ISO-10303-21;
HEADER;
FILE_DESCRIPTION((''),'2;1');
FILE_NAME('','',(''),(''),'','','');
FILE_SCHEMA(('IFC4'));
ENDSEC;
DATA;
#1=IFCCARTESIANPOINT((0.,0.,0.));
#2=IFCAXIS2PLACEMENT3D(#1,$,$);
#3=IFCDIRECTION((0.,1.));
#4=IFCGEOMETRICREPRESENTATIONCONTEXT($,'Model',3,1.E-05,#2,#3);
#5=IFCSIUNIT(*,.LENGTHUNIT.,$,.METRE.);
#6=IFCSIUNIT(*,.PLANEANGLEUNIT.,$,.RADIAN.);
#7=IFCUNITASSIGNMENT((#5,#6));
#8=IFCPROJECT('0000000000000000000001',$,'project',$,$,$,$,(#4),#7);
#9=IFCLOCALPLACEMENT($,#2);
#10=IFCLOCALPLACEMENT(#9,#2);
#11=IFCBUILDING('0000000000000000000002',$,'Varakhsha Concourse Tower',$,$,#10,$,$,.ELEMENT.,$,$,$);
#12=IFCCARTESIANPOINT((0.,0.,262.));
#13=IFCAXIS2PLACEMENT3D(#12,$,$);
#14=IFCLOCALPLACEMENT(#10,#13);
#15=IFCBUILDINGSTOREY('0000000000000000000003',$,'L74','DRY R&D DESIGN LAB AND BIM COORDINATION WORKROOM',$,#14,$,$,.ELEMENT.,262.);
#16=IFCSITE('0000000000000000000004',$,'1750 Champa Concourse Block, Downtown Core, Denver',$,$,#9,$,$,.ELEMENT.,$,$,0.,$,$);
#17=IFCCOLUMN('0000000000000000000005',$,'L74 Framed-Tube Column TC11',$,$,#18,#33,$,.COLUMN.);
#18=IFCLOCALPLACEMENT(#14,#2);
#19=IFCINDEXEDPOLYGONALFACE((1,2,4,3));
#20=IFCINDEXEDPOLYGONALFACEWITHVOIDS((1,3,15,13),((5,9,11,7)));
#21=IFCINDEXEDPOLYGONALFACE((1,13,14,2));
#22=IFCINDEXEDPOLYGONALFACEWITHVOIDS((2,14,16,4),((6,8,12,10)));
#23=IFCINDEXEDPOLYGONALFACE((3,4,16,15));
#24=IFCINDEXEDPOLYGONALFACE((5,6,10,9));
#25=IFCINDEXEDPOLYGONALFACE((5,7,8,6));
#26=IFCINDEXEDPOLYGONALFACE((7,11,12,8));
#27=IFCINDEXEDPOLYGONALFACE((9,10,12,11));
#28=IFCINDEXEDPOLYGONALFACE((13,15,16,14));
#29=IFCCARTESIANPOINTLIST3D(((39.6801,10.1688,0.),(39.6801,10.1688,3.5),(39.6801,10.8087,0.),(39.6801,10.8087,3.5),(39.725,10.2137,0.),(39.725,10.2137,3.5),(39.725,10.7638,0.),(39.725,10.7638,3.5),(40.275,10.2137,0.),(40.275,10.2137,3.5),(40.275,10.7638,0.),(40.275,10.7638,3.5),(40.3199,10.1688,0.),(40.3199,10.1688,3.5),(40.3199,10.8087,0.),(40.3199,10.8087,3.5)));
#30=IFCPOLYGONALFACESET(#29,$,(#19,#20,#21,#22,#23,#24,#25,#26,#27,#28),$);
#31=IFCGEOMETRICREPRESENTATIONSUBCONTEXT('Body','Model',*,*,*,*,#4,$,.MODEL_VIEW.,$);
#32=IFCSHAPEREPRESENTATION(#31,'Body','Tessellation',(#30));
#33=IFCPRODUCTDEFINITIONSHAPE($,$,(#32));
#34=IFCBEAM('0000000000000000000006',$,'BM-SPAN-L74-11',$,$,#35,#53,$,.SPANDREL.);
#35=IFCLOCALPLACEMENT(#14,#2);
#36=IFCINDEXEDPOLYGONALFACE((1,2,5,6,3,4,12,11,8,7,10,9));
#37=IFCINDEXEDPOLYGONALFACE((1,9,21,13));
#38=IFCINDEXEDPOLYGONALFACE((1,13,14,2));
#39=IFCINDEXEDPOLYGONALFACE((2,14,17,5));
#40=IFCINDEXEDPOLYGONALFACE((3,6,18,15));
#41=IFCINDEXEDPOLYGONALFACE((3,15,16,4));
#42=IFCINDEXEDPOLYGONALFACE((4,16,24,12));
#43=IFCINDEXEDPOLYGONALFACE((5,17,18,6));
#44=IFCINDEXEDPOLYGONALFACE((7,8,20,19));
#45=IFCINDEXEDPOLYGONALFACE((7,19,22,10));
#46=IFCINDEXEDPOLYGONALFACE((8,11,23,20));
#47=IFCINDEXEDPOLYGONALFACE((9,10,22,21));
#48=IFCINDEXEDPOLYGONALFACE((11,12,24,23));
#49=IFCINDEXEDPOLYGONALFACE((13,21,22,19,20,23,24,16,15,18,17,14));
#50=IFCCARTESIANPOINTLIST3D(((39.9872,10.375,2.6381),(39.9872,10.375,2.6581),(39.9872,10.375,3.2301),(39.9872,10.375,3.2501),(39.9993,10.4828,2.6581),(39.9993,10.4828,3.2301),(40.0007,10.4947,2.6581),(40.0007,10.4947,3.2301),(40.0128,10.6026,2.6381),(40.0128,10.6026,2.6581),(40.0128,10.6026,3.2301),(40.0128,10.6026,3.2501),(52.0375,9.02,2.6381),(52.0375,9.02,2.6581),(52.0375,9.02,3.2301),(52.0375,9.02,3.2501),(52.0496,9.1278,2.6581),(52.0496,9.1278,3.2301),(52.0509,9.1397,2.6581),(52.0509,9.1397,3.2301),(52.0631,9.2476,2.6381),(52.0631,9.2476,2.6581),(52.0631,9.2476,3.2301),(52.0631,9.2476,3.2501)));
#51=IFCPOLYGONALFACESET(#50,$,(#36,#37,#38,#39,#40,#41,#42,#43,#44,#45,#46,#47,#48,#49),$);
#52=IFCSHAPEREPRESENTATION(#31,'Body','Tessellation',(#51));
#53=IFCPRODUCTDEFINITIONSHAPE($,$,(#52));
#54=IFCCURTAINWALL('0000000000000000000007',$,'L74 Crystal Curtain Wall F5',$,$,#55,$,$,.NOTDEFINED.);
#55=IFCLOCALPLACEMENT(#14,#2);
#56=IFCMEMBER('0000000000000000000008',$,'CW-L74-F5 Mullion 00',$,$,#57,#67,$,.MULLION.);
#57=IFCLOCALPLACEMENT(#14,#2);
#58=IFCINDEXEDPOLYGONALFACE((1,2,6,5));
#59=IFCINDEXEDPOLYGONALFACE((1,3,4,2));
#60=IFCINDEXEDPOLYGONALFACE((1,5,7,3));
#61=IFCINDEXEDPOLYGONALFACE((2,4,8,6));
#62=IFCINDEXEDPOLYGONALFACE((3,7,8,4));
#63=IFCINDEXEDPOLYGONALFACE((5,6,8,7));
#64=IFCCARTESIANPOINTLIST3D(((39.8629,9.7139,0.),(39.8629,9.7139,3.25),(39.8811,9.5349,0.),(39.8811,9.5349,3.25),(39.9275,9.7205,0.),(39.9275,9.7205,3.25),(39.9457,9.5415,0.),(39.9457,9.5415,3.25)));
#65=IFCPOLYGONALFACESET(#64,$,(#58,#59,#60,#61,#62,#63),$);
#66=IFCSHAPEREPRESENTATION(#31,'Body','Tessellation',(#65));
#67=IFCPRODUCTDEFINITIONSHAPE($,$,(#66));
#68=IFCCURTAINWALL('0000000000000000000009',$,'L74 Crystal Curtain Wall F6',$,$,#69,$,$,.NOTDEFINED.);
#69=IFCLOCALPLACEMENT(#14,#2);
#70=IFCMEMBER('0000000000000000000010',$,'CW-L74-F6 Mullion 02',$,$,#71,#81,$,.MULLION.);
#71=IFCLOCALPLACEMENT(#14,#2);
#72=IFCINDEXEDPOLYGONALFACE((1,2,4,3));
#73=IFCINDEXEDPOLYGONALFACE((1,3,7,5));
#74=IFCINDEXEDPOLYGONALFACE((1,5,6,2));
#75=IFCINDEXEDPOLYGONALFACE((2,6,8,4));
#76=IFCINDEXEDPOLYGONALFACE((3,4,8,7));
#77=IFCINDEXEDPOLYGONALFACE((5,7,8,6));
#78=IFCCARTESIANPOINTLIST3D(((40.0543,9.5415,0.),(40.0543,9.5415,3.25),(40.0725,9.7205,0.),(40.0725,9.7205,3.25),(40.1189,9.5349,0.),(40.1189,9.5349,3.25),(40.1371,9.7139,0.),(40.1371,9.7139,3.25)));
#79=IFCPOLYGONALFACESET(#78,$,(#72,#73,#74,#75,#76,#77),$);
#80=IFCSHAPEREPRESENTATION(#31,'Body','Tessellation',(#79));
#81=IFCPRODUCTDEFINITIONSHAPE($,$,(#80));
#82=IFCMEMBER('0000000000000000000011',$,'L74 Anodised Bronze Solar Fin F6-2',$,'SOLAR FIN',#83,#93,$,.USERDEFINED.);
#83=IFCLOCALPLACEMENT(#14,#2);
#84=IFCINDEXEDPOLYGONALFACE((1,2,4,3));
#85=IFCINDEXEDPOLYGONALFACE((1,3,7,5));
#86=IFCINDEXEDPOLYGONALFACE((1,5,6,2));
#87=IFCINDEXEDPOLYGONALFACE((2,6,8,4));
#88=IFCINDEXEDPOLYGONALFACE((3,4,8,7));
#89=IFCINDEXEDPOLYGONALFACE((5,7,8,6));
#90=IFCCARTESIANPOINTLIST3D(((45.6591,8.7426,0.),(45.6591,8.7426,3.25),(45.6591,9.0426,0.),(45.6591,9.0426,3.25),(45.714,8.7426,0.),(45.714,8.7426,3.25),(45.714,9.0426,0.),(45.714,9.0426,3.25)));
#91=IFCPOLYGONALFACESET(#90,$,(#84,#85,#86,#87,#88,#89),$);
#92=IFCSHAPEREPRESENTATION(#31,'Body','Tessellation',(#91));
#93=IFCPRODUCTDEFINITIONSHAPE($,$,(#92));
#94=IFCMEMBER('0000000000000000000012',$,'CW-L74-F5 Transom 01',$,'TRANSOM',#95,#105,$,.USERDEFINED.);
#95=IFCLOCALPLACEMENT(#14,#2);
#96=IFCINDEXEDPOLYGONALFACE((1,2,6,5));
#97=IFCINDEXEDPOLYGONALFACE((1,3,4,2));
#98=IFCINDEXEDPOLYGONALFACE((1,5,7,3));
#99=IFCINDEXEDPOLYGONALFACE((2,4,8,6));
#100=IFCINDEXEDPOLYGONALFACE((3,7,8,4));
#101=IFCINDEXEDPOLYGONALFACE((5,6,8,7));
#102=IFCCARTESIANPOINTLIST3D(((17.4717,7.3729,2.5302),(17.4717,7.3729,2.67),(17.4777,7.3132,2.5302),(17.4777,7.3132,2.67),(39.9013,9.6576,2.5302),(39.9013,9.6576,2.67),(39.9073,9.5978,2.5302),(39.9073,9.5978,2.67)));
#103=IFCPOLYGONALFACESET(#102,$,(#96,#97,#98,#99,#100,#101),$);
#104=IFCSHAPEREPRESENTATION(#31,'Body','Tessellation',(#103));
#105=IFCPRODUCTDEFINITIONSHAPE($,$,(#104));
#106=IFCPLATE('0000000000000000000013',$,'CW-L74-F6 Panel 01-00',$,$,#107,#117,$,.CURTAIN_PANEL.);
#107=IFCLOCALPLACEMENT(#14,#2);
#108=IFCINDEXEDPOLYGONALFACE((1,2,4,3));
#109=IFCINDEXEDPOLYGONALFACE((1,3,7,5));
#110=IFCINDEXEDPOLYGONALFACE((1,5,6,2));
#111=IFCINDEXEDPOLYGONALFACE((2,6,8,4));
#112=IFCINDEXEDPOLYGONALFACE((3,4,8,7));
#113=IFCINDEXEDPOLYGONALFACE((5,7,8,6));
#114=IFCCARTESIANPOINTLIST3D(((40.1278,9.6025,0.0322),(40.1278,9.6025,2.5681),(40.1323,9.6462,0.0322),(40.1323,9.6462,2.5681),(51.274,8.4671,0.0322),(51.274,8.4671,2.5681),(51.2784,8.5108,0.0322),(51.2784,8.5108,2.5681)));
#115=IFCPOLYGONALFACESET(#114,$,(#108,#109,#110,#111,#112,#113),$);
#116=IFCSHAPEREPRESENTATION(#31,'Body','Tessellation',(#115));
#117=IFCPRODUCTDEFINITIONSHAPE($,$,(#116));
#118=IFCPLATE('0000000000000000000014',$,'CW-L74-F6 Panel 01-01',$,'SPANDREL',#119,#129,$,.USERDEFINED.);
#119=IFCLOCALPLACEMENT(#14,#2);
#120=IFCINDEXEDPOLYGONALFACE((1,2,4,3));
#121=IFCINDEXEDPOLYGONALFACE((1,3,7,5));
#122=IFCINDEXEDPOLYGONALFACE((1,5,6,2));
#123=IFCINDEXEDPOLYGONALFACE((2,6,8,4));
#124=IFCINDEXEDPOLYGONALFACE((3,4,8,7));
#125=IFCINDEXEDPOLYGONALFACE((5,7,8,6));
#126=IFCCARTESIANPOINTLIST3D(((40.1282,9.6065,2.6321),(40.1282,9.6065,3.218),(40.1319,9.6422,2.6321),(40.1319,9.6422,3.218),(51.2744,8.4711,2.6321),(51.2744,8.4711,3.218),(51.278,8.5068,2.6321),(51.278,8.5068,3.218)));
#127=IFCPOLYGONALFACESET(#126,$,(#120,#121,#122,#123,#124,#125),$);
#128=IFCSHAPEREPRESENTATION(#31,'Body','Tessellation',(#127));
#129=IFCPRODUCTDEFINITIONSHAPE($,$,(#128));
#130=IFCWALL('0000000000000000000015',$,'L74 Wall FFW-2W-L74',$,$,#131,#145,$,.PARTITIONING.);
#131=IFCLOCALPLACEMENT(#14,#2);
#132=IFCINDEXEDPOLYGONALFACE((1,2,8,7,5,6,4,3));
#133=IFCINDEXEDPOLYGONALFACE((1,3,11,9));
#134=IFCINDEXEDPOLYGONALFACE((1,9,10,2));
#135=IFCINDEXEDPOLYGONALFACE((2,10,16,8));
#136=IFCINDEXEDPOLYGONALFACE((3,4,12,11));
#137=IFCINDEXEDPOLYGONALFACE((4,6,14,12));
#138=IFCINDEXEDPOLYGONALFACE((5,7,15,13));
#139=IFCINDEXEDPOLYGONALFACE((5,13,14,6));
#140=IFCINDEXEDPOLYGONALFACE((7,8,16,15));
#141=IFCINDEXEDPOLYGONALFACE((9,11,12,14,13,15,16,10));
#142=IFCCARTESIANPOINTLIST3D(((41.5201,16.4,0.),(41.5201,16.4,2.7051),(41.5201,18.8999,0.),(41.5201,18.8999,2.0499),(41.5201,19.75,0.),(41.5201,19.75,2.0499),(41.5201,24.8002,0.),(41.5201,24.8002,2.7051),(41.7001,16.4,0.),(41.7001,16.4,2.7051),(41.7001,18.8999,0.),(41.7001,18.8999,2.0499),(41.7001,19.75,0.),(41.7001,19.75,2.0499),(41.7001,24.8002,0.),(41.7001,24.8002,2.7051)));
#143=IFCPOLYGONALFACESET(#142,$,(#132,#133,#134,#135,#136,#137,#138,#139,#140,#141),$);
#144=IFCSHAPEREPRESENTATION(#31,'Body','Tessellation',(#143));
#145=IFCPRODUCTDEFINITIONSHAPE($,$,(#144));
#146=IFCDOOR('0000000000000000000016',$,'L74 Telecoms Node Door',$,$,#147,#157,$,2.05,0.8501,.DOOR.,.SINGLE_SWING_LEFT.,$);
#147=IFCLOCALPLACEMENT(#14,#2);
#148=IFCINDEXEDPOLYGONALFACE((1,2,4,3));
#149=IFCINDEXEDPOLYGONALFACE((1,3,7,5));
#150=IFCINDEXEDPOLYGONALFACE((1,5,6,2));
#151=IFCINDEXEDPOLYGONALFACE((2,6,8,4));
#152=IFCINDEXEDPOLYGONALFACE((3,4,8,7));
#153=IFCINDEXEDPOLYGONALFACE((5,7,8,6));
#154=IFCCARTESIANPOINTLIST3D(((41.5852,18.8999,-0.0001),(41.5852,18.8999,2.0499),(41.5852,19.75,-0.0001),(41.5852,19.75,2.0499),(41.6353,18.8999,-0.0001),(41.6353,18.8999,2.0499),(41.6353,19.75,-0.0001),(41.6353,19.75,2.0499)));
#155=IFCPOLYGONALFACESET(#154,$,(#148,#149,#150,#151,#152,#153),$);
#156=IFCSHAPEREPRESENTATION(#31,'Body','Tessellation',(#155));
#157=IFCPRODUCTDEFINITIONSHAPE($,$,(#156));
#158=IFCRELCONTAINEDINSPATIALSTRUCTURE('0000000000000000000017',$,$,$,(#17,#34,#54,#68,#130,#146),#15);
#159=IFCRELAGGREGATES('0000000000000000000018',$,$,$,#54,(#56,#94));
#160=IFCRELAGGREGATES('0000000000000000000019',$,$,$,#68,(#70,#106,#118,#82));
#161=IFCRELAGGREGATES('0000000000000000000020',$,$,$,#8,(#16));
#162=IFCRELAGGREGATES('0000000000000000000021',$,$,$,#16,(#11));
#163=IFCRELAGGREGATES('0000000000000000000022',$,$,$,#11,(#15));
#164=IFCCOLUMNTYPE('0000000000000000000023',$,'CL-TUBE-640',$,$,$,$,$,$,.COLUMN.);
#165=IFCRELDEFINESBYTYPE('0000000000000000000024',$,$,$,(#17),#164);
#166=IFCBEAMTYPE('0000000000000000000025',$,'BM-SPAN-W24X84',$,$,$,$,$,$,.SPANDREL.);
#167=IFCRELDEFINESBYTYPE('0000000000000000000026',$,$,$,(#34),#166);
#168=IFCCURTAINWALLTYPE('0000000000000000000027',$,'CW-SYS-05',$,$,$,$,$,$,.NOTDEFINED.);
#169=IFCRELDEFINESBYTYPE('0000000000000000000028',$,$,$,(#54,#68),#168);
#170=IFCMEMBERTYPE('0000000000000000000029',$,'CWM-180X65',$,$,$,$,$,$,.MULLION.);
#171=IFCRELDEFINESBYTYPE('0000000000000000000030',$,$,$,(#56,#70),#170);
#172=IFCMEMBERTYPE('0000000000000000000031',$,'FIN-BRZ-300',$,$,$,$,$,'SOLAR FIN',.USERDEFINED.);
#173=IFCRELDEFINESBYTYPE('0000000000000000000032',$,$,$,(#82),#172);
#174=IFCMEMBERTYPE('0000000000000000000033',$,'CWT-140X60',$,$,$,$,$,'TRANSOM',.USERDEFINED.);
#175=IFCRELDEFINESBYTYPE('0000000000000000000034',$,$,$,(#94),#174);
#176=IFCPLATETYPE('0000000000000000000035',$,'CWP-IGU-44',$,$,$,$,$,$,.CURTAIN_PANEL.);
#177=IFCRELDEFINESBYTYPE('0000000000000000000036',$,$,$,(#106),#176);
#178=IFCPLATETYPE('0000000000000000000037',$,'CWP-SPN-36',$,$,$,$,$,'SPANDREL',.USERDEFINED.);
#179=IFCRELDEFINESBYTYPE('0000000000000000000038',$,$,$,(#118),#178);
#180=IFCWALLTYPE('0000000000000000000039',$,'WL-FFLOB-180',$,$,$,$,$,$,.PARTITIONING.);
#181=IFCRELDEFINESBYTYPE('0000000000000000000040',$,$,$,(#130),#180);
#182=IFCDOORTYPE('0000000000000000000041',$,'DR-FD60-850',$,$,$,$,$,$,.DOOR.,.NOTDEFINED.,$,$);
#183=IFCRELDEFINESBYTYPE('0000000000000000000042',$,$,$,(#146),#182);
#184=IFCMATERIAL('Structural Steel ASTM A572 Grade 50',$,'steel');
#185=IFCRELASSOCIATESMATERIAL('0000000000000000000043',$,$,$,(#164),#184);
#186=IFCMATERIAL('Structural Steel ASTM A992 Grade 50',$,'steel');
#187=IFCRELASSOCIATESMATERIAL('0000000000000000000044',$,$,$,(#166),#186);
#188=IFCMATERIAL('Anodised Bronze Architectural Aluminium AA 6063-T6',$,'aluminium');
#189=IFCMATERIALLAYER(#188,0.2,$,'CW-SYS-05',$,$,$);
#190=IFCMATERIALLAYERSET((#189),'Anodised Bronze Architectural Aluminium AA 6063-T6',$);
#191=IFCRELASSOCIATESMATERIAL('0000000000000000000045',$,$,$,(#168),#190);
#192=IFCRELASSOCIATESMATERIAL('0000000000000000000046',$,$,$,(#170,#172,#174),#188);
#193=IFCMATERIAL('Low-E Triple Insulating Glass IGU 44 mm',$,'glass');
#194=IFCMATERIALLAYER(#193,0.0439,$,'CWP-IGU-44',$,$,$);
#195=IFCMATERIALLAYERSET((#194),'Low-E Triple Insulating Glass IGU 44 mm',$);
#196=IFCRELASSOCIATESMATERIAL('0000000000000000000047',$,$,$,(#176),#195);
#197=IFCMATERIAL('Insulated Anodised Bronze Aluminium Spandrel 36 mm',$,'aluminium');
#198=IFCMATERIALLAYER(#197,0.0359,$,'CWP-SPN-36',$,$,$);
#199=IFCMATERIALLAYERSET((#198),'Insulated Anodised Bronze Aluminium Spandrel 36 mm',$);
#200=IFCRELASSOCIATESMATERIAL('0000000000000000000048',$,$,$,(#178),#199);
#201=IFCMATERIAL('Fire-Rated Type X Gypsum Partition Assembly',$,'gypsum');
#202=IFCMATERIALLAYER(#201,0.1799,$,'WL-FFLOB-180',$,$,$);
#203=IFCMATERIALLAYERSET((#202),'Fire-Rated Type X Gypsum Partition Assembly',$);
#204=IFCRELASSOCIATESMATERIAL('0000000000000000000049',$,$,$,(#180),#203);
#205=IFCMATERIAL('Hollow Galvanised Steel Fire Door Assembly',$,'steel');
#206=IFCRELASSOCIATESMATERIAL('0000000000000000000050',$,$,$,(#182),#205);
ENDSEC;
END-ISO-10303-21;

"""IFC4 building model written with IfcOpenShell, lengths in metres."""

from ifc_helpers import new_model, si_unit, direction, frame, frame_2d, origin, origin_2d, place, context, subcontext, project, spatial, rectangle, hollow_rectangle, i_section, extrude, source, transform, mapped, material, layer, layer_set, material_profile, profile_set, type_object, type_shapes, element, fill, aggregate, save


model = new_model("IFC4")

# Units and contexts
model_context = context("Model", 3, precision=1e-05, world=origin(), true_north=direction((0.0, 1.0)))
body_context = subcontext(model_context, "Body", "Model", "MODEL_VIEW")
ifc_project = project(units=[si_unit("LENGTHUNIT", "METRE"), si_unit("PLANEANGLEUNIT", "RADIAN")], contexts=[model_context])

# Site, building, storey
site_placement = place(None, origin())
site = spatial("IfcSite", under=ifc_project, at=site_placement, Name="1750 Champa Concourse Block, Downtown Core, Denver", CompositionType="ELEMENT", RefElevation=0.0)
building_placement = place(site_placement, origin())
building = spatial("IfcBuilding", under=site, at=building_placement, Name="Varakhsha Concourse Tower", CompositionType="ELEMENT")
storey_placement = place(building_placement, frame((0.0, 0.0, 262.0)))
storey = spatial("IfcBuildingStorey", under=building, at=storey_placement, Name="L74", Description="DRY R&D DESIGN LAB AND BIM COORDINATION WORKROOM", CompositionType="ELEMENT", Elevation=262.0)

# Column
ifc_material_1 = material(Name="Structural Steel ASTM A572 Grade 50", Category="steel")
ifc_material_profile_1 = material_profile(ifc_material_1, hollow_rectangle(XDim=0.6399, YDim=0.6399, WallThickness=0.0449, at=origin_2d()), Name="BOX 640x640x45")
ifc_profile_set_1 = profile_set([ifc_material_profile_1], Name="Structural Steel ASTM A572 Grade 50")
column_type = type_object("IfcColumnType", Name="CL-TUBE-640", PredefinedType="COLUMN", material=ifc_profile_set_1)
column_placement = place(storey_placement, frame((40.0, 10.4888, 0.0), z_axis=(0.0, 0.0, 1.0), x_axis=(1.0, 0.0, 0.0)))
element("IfcColumn", 1, at=column_placement, inside=storey, type_object=column_type, Name="L74 Framed-Tube Column TC11", PredefinedType="COLUMN", context=body_context, shape_type="SweptSolid", body=[
    extrude(hollow_rectangle(XDim=0.6399, YDim=0.6399, WallThickness=0.0449, at=origin_2d()), origin(), (0.0, 0.0, 1.0), 3.5),
])

# Beam
ifc_material_2 = material(Name="Structural Steel ASTM A992 Grade 50", Category="steel")
ifc_material_profile_2 = material_profile(ifc_material_2, i_section(OverallWidth=0.229, OverallDepth=0.6121, WebThickness=0.012, FlangeThickness=0.02, at=origin_2d()), Name="W24X84")
ifc_profile_set_2 = profile_set([ifc_material_profile_2], Name="Structural Steel ASTM A992 Grade 50")
beam_type = type_object("IfcBeamType", Name="BM-SPAN-W24X84", PredefinedType="SPANDREL", material=ifc_profile_set_2)
beam_placement = place(storey_placement, frame((40.0, 10.4888, 2.9441), z_axis=(0.993738, -0.11174, 0.0), x_axis=(0.11174, 0.993738, 0.0)))
element("IfcBeam", 2, at=beam_placement, inside=storey, type_object=beam_type, Name="BM-SPAN-L74-11", PredefinedType="SPANDREL", context=body_context, shape_type="SweptSolid", body=[
    extrude(i_section(OverallWidth=0.229, OverallDepth=0.6121, WebThickness=0.012, FlangeThickness=0.02, at=origin_2d()), origin(), (0.0, 0.0, 1.0), 12.1262),
])

# Curtain wall, member
ifc_material_3 = material(Name="Anodised Bronze Architectural Aluminium AA 6063-T6", Category="aluminium")
ifc_layer_1 = layer(ifc_material_3, 0.2, Name="CW-SYS-05")
ifc_layer_set_1 = layer_set([ifc_layer_1], Name="Anodised Bronze Architectural Aluminium AA 6063-T6")
curtain_wall_type = type_object("IfcCurtainWallType", Name="CW-SYS-05", PredefinedType="NOTDEFINED", material=ifc_layer_set_1)
curtain_wall_1_placement = place(storey_placement, origin())
curtain_wall_1 = element("IfcCurtainWall", 3, at=curtain_wall_1_placement, inside=storey, type_object=curtain_wall_type, Name="L74 Crystal Curtain Wall F5", PredefinedType="NOTDEFINED")
ifc_material_profile_3 = material_profile(ifc_material_3, rectangle(XDim=0.0649, YDim=0.1799, at=origin_2d()), Name="CWM-180X65")
ifc_profile_set_3 = profile_set([ifc_material_profile_3], Name="Anodised Bronze Architectural Aluminium AA 6063-T6")
member_type_1 = type_object("IfcMemberType", Name="CWM-180X65", PredefinedType="MULLION", material=ifc_profile_set_3)
shared_shape_1 = source(origin(), body_context, "Body", "SweptSolid", [
    extrude(rectangle(XDim=0.0649, YDim=0.1799, at=origin_2d()), origin(), (0.0, 0.0, 1.0), 3.25),
])
type_shapes(member_type_1, [shared_shape_1])
member_1_placement = place(storey_placement, frame((39.9043, 9.6277, 0.0), z_axis=(0.0, 0.0, 1.0), x_axis=(-0.994852, -0.101336, 0.0)))
member_1 = element("IfcMember", 4, at=member_1_placement, type_object=member_type_1, Name="CW-L74-F5 Mullion 00", PredefinedType="MULLION", context=body_context, shape_type="MappedRepresentation", body=[
    mapped(shared_shape_1, transform((0.0, 0.0, 0.0), scale=1.0)),
])

# Curtain wall, members
curtain_wall_2_placement = place(storey_placement, origin())
curtain_wall_2 = element("IfcCurtainWall", 5, at=curtain_wall_2_placement, inside=storey, type_object=curtain_wall_type, Name="L74 Crystal Curtain Wall F6", PredefinedType="NOTDEFINED")
member_2_placement = place(storey_placement, frame((40.0957, 9.6277, 0.0), z_axis=(0.0, 0.0, 1.0), x_axis=(-0.994852, 0.101336, 0.0)))
member_2 = element("IfcMember", 6, at=member_2_placement, type_object=member_type_1, Name="CW-L74-F6 Mullion 02", PredefinedType="MULLION", context=body_context, shape_type="MappedRepresentation", body=[
    mapped(shared_shape_1, transform((0.0, 0.0, 0.0), scale=1.0)),
])
ifc_material_profile_4 = material_profile(ifc_material_3, rectangle(XDim=0.0549, YDim=0.3, at=origin_2d()), Name="FIN-BRZ-300")
ifc_profile_set_4 = profile_set([ifc_material_profile_4], Name="Anodised Bronze Architectural Aluminium AA 6063-T6")
member_type_2 = type_object("IfcMemberType", Name="FIN-BRZ-300", ElementType="SOLAR FIN", PredefinedType="USERDEFINED", material=ifc_profile_set_4)
shared_shape_2 = source(origin(), body_context, "Body", "SweptSolid", [
    extrude(rectangle(XDim=0.0549, YDim=0.3, at=origin_2d()), origin(), (0.0, 0.0, 1.0), 3.25),
])
type_shapes(member_type_2, [shared_shape_2])
member_3_placement = place(storey_placement, frame((45.6865, 8.8926, 0.0), z_axis=(0.0, 0.0, 1.0), x_axis=(1.0, 0.0, 0.0)))
member_3 = element("IfcMember", 7, at=member_3_placement, type_object=member_type_2, Name="L74 Anodised Bronze Solar Fin F6-2", ObjectType="SOLAR FIN", PredefinedType="USERDEFINED", context=body_context, shape_type="MappedRepresentation", body=[
    mapped(shared_shape_2, transform((0.0, 0.0, 0.0), scale=1.0)),
])

# Member
ifc_material_profile_5 = material_profile(ifc_material_3, rectangle(XDim=0.0601, YDim=0.1399, at=origin_2d()), Name="CWT-140X60")
ifc_profile_set_5 = profile_set([ifc_material_profile_5], Name="Anodised Bronze Architectural Aluminium AA 6063-T6")
member_type_3 = type_object("IfcMemberType", Name="CWT-140X60", ElementType="TRANSOM", PredefinedType="USERDEFINED", material=ifc_profile_set_5)
shared_shape_3 = source(origin(), body_context, "Body", "SweptSolid", [
    extrude(rectangle(XDim=0.0601, YDim=0.1399, at=origin_2d()), origin(), (0.0, 0.0, 1.0), 22.5457),
])
type_shapes(member_type_3, [shared_shape_3])
member_4_placement = place(storey_placement, frame((39.9043, 9.6277, 2.6001), z_axis=(-0.994852, -0.101335, 0.0), x_axis=(0.101335, -0.994852, 0.0)))
member_4 = element("IfcMember", 8, at=member_4_placement, type_object=member_type_3, Name="CW-L74-F5 Transom 01", ObjectType="TRANSOM", PredefinedType="USERDEFINED", context=body_context, shape_type="MappedRepresentation", body=[
    mapped(shared_shape_3, transform((0.0, 0.0, 0.0), scale=1.0)),
])
aggregate(curtain_wall_1, [member_1, member_4])

# Plates
ifc_material_4 = material(Name="Low-E Triple Insulating Glass IGU 44 mm", Category="glass")
ifc_layer_2 = layer(ifc_material_4, 0.0439, Name="CWP-IGU-44")
ifc_layer_set_2 = layer_set([ifc_layer_2], Name="Low-E Triple Insulating Glass IGU 44 mm")
plate_type_1 = type_object("IfcPlateType", Name="CWP-IGU-44", PredefinedType="CURTAIN_PANEL", material=ifc_layer_set_2)
shared_shape_4 = source(origin(), body_context, "Body", "SweptSolid", [
    extrude(rectangle(XDim=11.2039, YDim=0.0439, at=origin_2d()), origin(), (0.0, 0.0, 1.0), 2.5359),
])
type_shapes(plate_type_1, [shared_shape_4])
plate_1_placement = place(storey_placement, frame((45.7031, 9.0566, 0.0322), z_axis=(0.0, 0.0, 1.0), x_axis=(-0.994852, 0.101336, 0.0)))
plate_1 = element("IfcPlate", 9, at=plate_1_placement, type_object=plate_type_1, Name="CW-L74-F6 Panel 01-00", PredefinedType="CURTAIN_PANEL", context=body_context, shape_type="MappedRepresentation", body=[
    mapped(shared_shape_4, transform((0.0, 0.0, 0.0), scale=1.0)),
])
ifc_material_5 = material(Name="Insulated Anodised Bronze Aluminium Spandrel 36 mm", Category="aluminium")
ifc_layer_3 = layer(ifc_material_5, 0.0359, Name="CWP-SPN-36")
ifc_layer_set_3 = layer_set([ifc_layer_3], Name="Insulated Anodised Bronze Aluminium Spandrel 36 mm")
plate_type_2 = type_object("IfcPlateType", Name="CWP-SPN-36", ElementType="SPANDREL", PredefinedType="USERDEFINED", material=ifc_layer_set_3)
shared_shape_5 = source(origin(), body_context, "Body", "SweptSolid", [
    extrude(rectangle(XDim=11.2039, YDim=0.0359, at=origin_2d()), origin(), (0.0, 0.0, 1.0), 0.5859),
])
type_shapes(plate_type_2, [shared_shape_5])
plate_2_placement = place(storey_placement, frame((45.7031, 9.0566, 2.6321), z_axis=(0.0, 0.0, 1.0), x_axis=(-0.994852, 0.101336, 0.0)))
plate_2 = element("IfcPlate", 10, at=plate_2_placement, type_object=plate_type_2, Name="CW-L74-F6 Panel 01-01", ObjectType="SPANDREL", PredefinedType="USERDEFINED", context=body_context, shape_type="MappedRepresentation", body=[
    mapped(shared_shape_5, transform((0.0, 0.0, 0.0), scale=1.0)),
])
aggregate(curtain_wall_2, [member_2, plate_1, plate_2, member_3])

# Wall, opening, door
ifc_material_6 = material(Name="Fire-Rated Type X Gypsum Partition Assembly", Category="gypsum")
ifc_layer_4 = layer(ifc_material_6, 0.1799, Name="WL-FFLOB-180")
ifc_layer_set_4 = layer_set([ifc_layer_4], Name="Fire-Rated Type X Gypsum Partition Assembly")
wall_type_1 = type_object("IfcWallType", Name="WL-FFLOB-180", PredefinedType="PARTITIONING", material=ifc_layer_set_4)
wall_1_placement = place(storey_placement, frame((41.6101, 16.3999, 0.0), z_axis=(0.0, 0.0, 1.0), x_axis=(0.0, 1.0, 0.0)))
wall_1 = element("IfcWall", 11, at=wall_1_placement, inside=storey, type_object=wall_type_1, Name="L74 Wall FFW-2W-L74", PredefinedType="PARTITIONING", context=body_context, shape_type="SweptSolid", body=[
    extrude(rectangle(XDim=8.4001, YDim=0.1799, at=frame_2d((4.2002, 0.0))), origin(), (0.0, 0.0, 1.0), 2.7051),
])
opening_1_placement = place(wall_1_placement, frame((2.5, 0.0, 0.0)))
opening_1 = element("IfcOpeningElement", 12, at=opening_1_placement, cuts=wall_1, PredefinedType="OPENING", context=body_context, shape_type="SweptSolid", body=[
    extrude(rectangle(XDim=0.8501, YDim=2.05, at=frame_2d((0.425, 1.0249))), frame((0.0, 0.0999, 0.0), z_axis=(0.0, -1.0, 0.0), x_axis=(1.0, 0.0, 0.0)), (0.0, 0.0, 1.0), 0.2),
])
ifc_material_7 = material(Name="Hollow Galvanised Steel Fire Door Assembly", Category="steel")
door_type_1 = type_object("IfcDoorType", Name="DR-FD60-850", OperationType="NOTDEFINED", PredefinedType="DOOR", material=ifc_material_7)
door_1_placement = place(opening_1_placement, origin())
door_1 = element("IfcDoor", 13, at=door_1_placement, inside=storey, type_object=door_type_1, Name="L74 Telecoms Node Door", OperationType="SINGLE_SWING_LEFT", OverallHeight=2.05, OverallWidth=0.8501, PredefinedType="DOOR", context=body_context, shape_type="SweptSolid", body=[
    extrude(rectangle(XDim=0.8501, YDim=2.05, at=frame_2d((0.425, 1.0249))), frame((0.0, 0.0249, 0.0), z_axis=(0.0, -1.0, 0.0), x_axis=(1.0, 0.0, 0.0)), (0.0, 0.0, 1.0), 0.05),
])
fill(opening_1, door_1)

save(model, "model.ifc")
